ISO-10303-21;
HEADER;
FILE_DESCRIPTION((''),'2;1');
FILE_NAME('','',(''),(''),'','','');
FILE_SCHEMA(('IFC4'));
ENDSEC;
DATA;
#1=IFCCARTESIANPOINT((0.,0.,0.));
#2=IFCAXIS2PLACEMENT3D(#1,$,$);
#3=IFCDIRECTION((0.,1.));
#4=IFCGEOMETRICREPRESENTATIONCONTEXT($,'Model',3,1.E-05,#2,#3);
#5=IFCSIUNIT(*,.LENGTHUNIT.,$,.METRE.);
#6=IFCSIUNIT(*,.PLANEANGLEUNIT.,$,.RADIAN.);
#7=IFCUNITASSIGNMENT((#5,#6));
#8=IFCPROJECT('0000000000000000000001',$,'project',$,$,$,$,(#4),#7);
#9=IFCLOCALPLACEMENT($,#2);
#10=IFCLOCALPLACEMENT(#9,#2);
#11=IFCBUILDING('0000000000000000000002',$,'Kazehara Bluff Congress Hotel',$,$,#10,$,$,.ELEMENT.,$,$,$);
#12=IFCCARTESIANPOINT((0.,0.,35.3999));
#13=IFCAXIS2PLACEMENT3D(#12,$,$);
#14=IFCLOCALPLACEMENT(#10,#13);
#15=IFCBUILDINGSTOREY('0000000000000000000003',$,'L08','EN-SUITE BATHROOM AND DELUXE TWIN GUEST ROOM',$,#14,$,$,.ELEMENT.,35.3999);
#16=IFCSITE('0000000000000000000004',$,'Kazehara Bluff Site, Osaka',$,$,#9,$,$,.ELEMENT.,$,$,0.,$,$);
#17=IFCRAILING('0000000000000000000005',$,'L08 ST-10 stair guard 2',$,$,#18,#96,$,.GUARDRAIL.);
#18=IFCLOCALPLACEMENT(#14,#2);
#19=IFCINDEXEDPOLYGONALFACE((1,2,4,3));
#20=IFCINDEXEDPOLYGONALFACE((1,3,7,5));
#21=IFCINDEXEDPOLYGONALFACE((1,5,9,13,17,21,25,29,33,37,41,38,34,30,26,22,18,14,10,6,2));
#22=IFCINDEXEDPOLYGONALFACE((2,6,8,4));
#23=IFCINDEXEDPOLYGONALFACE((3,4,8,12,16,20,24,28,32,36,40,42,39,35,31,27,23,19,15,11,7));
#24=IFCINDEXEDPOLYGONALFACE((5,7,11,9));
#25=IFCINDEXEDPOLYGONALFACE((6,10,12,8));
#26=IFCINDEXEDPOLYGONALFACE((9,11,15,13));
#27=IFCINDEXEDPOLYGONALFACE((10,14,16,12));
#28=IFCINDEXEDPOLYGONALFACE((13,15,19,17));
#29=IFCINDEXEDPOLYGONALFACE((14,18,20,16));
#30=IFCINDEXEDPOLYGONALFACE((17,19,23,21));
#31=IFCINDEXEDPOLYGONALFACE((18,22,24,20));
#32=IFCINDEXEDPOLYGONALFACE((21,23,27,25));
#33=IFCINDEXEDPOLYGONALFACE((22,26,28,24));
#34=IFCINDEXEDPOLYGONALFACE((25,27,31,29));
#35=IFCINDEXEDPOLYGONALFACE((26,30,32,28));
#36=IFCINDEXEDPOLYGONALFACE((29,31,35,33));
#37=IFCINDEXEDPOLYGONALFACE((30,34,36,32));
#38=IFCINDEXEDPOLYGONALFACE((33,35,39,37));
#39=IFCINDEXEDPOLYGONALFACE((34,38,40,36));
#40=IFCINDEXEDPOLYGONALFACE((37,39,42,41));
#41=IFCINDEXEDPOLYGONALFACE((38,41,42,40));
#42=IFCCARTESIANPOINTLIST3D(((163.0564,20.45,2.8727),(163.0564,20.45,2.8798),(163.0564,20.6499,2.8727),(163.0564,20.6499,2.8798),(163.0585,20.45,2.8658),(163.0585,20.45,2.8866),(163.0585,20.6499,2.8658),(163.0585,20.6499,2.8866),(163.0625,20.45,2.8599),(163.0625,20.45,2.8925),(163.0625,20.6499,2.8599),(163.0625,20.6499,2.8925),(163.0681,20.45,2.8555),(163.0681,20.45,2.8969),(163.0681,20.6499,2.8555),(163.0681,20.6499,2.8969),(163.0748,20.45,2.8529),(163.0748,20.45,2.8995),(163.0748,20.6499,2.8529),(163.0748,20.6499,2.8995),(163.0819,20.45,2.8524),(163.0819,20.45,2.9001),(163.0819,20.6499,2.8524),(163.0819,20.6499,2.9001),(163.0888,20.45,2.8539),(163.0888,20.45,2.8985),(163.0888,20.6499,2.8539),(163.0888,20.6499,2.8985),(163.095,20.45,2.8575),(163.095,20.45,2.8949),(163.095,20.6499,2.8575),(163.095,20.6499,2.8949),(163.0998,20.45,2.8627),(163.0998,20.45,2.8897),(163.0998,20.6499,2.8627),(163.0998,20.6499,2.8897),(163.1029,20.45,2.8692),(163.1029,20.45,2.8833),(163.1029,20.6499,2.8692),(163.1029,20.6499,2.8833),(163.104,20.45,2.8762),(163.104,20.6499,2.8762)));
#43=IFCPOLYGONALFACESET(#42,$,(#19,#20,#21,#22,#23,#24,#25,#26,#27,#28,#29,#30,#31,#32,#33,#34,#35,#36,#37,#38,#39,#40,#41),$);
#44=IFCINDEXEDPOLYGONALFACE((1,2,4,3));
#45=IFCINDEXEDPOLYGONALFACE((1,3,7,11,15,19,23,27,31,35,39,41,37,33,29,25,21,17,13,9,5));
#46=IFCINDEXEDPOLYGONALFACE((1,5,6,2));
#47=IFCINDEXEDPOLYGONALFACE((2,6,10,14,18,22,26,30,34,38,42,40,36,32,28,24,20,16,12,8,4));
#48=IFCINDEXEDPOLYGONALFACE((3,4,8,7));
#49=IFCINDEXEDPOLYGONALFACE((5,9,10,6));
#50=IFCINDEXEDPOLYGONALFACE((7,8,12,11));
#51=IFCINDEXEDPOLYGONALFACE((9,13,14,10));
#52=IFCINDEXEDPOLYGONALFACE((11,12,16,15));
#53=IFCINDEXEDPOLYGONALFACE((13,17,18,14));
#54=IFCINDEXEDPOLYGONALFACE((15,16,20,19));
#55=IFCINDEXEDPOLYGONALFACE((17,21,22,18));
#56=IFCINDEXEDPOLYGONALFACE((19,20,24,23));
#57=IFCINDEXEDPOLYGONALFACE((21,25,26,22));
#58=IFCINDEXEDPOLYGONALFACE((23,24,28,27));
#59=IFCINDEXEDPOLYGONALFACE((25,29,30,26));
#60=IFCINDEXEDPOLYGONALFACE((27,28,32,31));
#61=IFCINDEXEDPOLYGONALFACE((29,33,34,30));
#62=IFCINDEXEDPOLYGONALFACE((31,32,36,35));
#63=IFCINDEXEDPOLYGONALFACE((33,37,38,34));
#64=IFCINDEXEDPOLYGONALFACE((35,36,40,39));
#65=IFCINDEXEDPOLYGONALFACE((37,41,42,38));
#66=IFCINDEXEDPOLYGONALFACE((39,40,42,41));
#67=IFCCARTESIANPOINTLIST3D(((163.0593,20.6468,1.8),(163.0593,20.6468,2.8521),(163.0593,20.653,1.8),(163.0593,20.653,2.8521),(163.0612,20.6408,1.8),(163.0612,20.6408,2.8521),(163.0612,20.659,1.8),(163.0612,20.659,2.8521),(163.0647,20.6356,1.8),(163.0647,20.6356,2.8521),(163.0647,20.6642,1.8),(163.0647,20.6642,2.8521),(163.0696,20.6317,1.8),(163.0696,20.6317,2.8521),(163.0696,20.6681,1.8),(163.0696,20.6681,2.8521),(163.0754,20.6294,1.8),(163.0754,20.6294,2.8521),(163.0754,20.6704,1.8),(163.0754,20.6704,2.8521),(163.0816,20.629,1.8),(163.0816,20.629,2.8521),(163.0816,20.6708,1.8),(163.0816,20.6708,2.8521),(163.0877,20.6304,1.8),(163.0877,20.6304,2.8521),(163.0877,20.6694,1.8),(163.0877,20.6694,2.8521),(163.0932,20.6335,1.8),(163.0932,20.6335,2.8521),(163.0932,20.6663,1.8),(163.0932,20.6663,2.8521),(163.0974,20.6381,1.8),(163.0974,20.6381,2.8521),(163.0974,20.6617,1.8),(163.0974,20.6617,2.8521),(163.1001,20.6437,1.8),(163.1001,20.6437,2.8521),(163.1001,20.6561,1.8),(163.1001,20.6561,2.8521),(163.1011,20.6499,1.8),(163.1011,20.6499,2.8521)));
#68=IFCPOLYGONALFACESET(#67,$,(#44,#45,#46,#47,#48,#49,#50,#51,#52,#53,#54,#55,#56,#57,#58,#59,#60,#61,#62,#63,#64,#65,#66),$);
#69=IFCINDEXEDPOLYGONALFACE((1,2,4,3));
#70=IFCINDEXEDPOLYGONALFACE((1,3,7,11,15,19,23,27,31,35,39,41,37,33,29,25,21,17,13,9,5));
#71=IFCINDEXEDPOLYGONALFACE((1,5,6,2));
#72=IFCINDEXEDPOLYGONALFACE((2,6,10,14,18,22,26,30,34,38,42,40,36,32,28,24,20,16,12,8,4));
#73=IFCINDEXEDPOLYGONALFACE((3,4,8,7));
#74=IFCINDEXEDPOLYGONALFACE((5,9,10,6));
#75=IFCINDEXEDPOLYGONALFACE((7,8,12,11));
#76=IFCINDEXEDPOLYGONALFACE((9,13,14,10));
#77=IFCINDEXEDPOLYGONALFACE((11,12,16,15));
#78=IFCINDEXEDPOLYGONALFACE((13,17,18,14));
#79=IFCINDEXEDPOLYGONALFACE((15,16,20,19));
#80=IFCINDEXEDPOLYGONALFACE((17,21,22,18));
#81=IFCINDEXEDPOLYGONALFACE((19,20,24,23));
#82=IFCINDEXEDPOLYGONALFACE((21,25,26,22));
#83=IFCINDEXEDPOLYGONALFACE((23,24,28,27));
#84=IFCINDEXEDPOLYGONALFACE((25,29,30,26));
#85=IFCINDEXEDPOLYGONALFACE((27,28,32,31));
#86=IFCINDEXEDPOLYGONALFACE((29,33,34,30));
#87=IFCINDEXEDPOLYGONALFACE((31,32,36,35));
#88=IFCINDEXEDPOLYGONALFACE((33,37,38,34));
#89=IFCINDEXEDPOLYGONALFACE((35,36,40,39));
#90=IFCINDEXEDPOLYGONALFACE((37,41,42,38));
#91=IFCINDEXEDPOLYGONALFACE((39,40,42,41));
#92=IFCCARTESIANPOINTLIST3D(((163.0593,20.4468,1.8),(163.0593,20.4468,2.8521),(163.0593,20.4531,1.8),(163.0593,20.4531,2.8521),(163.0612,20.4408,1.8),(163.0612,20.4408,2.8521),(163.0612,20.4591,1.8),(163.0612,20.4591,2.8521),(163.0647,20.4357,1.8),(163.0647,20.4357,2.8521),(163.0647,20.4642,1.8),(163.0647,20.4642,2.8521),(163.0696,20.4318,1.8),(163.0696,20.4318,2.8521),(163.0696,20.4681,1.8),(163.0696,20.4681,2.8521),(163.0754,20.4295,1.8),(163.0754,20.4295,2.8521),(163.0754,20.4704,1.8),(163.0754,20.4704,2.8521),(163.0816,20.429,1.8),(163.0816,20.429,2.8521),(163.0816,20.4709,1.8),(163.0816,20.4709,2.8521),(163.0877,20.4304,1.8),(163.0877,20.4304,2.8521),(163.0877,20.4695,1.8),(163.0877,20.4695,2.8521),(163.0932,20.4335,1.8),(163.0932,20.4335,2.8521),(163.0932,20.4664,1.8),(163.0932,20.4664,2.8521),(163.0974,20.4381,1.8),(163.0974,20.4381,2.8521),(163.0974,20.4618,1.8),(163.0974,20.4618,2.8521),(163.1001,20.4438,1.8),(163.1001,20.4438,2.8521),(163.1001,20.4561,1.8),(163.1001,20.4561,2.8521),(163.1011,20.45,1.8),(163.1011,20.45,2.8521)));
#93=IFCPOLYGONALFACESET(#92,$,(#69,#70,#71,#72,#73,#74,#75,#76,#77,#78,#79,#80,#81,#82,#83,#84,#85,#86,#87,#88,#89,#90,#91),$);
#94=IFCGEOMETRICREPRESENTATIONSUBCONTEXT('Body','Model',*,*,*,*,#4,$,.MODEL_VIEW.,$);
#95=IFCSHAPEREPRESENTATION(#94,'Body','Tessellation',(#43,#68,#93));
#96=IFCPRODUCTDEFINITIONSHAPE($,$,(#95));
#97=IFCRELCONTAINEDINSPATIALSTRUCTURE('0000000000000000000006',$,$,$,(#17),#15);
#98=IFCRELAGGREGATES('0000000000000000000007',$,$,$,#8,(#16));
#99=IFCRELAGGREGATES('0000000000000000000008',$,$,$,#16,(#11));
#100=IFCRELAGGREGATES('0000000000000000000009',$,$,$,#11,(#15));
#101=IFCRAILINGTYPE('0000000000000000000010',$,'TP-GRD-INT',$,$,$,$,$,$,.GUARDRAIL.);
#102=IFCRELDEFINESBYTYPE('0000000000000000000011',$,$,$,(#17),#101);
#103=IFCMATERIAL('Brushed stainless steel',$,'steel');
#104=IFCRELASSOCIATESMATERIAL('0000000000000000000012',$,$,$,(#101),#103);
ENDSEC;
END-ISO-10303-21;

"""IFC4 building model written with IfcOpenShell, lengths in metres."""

from ifc_helpers import new_model, si_unit, direction, frame, origin, origin_2d, place, context, subcontext, project, spatial, circle, extrude, material, type_object, element, save


model = new_model("IFC4")

# Units and contexts
model_context = context("Model", 3, precision=1e-05, world=origin(), true_north=direction((0.0, 1.0)))
body_context = subcontext(model_context, "Body", "Model", "MODEL_VIEW")
ifc_project = project(units=[si_unit("LENGTHUNIT", "METRE"), si_unit("PLANEANGLEUNIT", "RADIAN")], contexts=[model_context])

# Site, building, storey
site_placement = place(None, origin())
site = spatial("IfcSite", under=ifc_project, at=site_placement, Name="Kazehara Bluff Site, Osaka", CompositionType="ELEMENT", RefElevation=0.0)
building_placement = place(site_placement, origin())
building = spatial("IfcBuilding", under=site, at=building_placement, Name="Kazehara Bluff Congress Hotel", CompositionType="ELEMENT")
storey_placement = place(building_placement, frame((0.0, 0.0, 35.3999)))
storey = spatial("IfcBuildingStorey", under=building, at=storey_placement, Name="L08", Description="EN-SUITE BATHROOM AND DELUXE TWIN GUEST ROOM", CompositionType="ELEMENT", Elevation=35.3999)

# Railing
ifc_material_1 = material(Name="Brushed stainless steel", Category="steel")
railing_type_1 = type_object("IfcRailingType", Name="TP-GRD-INT", PredefinedType="GUARDRAIL", material=ifc_material_1)
railing_1_placement = place(storey_placement, frame((163.0801, 20.6499, 1.8)))
element("IfcRailing", 1, at=railing_1_placement, inside=storey, type_object=railing_type_1, Name="L08 ST-10 stair guard 2", PredefinedType="GUARDRAIL", context=body_context, shape_type="SweptSolid", body=[
    extrude(circle(Radius=0.0239, at=origin_2d()), frame((0.0, 0.0, 1.0762), z_axis=(0.0, -1.0, 0.0), x_axis=(1.0, 0.0, 0.0)), (0.0, 0.0, 1.0), 0.2),
    extrude(circle(Radius=0.021, at=origin_2d()), origin(), (0.0, 0.0, 1.0), 1.052),
    extrude(circle(Radius=0.021, at=origin_2d()), frame((0.0, -0.2, 0.0)), (0.0, 0.0, 1.0), 1.052),
])

save(model, "model.ifc")
